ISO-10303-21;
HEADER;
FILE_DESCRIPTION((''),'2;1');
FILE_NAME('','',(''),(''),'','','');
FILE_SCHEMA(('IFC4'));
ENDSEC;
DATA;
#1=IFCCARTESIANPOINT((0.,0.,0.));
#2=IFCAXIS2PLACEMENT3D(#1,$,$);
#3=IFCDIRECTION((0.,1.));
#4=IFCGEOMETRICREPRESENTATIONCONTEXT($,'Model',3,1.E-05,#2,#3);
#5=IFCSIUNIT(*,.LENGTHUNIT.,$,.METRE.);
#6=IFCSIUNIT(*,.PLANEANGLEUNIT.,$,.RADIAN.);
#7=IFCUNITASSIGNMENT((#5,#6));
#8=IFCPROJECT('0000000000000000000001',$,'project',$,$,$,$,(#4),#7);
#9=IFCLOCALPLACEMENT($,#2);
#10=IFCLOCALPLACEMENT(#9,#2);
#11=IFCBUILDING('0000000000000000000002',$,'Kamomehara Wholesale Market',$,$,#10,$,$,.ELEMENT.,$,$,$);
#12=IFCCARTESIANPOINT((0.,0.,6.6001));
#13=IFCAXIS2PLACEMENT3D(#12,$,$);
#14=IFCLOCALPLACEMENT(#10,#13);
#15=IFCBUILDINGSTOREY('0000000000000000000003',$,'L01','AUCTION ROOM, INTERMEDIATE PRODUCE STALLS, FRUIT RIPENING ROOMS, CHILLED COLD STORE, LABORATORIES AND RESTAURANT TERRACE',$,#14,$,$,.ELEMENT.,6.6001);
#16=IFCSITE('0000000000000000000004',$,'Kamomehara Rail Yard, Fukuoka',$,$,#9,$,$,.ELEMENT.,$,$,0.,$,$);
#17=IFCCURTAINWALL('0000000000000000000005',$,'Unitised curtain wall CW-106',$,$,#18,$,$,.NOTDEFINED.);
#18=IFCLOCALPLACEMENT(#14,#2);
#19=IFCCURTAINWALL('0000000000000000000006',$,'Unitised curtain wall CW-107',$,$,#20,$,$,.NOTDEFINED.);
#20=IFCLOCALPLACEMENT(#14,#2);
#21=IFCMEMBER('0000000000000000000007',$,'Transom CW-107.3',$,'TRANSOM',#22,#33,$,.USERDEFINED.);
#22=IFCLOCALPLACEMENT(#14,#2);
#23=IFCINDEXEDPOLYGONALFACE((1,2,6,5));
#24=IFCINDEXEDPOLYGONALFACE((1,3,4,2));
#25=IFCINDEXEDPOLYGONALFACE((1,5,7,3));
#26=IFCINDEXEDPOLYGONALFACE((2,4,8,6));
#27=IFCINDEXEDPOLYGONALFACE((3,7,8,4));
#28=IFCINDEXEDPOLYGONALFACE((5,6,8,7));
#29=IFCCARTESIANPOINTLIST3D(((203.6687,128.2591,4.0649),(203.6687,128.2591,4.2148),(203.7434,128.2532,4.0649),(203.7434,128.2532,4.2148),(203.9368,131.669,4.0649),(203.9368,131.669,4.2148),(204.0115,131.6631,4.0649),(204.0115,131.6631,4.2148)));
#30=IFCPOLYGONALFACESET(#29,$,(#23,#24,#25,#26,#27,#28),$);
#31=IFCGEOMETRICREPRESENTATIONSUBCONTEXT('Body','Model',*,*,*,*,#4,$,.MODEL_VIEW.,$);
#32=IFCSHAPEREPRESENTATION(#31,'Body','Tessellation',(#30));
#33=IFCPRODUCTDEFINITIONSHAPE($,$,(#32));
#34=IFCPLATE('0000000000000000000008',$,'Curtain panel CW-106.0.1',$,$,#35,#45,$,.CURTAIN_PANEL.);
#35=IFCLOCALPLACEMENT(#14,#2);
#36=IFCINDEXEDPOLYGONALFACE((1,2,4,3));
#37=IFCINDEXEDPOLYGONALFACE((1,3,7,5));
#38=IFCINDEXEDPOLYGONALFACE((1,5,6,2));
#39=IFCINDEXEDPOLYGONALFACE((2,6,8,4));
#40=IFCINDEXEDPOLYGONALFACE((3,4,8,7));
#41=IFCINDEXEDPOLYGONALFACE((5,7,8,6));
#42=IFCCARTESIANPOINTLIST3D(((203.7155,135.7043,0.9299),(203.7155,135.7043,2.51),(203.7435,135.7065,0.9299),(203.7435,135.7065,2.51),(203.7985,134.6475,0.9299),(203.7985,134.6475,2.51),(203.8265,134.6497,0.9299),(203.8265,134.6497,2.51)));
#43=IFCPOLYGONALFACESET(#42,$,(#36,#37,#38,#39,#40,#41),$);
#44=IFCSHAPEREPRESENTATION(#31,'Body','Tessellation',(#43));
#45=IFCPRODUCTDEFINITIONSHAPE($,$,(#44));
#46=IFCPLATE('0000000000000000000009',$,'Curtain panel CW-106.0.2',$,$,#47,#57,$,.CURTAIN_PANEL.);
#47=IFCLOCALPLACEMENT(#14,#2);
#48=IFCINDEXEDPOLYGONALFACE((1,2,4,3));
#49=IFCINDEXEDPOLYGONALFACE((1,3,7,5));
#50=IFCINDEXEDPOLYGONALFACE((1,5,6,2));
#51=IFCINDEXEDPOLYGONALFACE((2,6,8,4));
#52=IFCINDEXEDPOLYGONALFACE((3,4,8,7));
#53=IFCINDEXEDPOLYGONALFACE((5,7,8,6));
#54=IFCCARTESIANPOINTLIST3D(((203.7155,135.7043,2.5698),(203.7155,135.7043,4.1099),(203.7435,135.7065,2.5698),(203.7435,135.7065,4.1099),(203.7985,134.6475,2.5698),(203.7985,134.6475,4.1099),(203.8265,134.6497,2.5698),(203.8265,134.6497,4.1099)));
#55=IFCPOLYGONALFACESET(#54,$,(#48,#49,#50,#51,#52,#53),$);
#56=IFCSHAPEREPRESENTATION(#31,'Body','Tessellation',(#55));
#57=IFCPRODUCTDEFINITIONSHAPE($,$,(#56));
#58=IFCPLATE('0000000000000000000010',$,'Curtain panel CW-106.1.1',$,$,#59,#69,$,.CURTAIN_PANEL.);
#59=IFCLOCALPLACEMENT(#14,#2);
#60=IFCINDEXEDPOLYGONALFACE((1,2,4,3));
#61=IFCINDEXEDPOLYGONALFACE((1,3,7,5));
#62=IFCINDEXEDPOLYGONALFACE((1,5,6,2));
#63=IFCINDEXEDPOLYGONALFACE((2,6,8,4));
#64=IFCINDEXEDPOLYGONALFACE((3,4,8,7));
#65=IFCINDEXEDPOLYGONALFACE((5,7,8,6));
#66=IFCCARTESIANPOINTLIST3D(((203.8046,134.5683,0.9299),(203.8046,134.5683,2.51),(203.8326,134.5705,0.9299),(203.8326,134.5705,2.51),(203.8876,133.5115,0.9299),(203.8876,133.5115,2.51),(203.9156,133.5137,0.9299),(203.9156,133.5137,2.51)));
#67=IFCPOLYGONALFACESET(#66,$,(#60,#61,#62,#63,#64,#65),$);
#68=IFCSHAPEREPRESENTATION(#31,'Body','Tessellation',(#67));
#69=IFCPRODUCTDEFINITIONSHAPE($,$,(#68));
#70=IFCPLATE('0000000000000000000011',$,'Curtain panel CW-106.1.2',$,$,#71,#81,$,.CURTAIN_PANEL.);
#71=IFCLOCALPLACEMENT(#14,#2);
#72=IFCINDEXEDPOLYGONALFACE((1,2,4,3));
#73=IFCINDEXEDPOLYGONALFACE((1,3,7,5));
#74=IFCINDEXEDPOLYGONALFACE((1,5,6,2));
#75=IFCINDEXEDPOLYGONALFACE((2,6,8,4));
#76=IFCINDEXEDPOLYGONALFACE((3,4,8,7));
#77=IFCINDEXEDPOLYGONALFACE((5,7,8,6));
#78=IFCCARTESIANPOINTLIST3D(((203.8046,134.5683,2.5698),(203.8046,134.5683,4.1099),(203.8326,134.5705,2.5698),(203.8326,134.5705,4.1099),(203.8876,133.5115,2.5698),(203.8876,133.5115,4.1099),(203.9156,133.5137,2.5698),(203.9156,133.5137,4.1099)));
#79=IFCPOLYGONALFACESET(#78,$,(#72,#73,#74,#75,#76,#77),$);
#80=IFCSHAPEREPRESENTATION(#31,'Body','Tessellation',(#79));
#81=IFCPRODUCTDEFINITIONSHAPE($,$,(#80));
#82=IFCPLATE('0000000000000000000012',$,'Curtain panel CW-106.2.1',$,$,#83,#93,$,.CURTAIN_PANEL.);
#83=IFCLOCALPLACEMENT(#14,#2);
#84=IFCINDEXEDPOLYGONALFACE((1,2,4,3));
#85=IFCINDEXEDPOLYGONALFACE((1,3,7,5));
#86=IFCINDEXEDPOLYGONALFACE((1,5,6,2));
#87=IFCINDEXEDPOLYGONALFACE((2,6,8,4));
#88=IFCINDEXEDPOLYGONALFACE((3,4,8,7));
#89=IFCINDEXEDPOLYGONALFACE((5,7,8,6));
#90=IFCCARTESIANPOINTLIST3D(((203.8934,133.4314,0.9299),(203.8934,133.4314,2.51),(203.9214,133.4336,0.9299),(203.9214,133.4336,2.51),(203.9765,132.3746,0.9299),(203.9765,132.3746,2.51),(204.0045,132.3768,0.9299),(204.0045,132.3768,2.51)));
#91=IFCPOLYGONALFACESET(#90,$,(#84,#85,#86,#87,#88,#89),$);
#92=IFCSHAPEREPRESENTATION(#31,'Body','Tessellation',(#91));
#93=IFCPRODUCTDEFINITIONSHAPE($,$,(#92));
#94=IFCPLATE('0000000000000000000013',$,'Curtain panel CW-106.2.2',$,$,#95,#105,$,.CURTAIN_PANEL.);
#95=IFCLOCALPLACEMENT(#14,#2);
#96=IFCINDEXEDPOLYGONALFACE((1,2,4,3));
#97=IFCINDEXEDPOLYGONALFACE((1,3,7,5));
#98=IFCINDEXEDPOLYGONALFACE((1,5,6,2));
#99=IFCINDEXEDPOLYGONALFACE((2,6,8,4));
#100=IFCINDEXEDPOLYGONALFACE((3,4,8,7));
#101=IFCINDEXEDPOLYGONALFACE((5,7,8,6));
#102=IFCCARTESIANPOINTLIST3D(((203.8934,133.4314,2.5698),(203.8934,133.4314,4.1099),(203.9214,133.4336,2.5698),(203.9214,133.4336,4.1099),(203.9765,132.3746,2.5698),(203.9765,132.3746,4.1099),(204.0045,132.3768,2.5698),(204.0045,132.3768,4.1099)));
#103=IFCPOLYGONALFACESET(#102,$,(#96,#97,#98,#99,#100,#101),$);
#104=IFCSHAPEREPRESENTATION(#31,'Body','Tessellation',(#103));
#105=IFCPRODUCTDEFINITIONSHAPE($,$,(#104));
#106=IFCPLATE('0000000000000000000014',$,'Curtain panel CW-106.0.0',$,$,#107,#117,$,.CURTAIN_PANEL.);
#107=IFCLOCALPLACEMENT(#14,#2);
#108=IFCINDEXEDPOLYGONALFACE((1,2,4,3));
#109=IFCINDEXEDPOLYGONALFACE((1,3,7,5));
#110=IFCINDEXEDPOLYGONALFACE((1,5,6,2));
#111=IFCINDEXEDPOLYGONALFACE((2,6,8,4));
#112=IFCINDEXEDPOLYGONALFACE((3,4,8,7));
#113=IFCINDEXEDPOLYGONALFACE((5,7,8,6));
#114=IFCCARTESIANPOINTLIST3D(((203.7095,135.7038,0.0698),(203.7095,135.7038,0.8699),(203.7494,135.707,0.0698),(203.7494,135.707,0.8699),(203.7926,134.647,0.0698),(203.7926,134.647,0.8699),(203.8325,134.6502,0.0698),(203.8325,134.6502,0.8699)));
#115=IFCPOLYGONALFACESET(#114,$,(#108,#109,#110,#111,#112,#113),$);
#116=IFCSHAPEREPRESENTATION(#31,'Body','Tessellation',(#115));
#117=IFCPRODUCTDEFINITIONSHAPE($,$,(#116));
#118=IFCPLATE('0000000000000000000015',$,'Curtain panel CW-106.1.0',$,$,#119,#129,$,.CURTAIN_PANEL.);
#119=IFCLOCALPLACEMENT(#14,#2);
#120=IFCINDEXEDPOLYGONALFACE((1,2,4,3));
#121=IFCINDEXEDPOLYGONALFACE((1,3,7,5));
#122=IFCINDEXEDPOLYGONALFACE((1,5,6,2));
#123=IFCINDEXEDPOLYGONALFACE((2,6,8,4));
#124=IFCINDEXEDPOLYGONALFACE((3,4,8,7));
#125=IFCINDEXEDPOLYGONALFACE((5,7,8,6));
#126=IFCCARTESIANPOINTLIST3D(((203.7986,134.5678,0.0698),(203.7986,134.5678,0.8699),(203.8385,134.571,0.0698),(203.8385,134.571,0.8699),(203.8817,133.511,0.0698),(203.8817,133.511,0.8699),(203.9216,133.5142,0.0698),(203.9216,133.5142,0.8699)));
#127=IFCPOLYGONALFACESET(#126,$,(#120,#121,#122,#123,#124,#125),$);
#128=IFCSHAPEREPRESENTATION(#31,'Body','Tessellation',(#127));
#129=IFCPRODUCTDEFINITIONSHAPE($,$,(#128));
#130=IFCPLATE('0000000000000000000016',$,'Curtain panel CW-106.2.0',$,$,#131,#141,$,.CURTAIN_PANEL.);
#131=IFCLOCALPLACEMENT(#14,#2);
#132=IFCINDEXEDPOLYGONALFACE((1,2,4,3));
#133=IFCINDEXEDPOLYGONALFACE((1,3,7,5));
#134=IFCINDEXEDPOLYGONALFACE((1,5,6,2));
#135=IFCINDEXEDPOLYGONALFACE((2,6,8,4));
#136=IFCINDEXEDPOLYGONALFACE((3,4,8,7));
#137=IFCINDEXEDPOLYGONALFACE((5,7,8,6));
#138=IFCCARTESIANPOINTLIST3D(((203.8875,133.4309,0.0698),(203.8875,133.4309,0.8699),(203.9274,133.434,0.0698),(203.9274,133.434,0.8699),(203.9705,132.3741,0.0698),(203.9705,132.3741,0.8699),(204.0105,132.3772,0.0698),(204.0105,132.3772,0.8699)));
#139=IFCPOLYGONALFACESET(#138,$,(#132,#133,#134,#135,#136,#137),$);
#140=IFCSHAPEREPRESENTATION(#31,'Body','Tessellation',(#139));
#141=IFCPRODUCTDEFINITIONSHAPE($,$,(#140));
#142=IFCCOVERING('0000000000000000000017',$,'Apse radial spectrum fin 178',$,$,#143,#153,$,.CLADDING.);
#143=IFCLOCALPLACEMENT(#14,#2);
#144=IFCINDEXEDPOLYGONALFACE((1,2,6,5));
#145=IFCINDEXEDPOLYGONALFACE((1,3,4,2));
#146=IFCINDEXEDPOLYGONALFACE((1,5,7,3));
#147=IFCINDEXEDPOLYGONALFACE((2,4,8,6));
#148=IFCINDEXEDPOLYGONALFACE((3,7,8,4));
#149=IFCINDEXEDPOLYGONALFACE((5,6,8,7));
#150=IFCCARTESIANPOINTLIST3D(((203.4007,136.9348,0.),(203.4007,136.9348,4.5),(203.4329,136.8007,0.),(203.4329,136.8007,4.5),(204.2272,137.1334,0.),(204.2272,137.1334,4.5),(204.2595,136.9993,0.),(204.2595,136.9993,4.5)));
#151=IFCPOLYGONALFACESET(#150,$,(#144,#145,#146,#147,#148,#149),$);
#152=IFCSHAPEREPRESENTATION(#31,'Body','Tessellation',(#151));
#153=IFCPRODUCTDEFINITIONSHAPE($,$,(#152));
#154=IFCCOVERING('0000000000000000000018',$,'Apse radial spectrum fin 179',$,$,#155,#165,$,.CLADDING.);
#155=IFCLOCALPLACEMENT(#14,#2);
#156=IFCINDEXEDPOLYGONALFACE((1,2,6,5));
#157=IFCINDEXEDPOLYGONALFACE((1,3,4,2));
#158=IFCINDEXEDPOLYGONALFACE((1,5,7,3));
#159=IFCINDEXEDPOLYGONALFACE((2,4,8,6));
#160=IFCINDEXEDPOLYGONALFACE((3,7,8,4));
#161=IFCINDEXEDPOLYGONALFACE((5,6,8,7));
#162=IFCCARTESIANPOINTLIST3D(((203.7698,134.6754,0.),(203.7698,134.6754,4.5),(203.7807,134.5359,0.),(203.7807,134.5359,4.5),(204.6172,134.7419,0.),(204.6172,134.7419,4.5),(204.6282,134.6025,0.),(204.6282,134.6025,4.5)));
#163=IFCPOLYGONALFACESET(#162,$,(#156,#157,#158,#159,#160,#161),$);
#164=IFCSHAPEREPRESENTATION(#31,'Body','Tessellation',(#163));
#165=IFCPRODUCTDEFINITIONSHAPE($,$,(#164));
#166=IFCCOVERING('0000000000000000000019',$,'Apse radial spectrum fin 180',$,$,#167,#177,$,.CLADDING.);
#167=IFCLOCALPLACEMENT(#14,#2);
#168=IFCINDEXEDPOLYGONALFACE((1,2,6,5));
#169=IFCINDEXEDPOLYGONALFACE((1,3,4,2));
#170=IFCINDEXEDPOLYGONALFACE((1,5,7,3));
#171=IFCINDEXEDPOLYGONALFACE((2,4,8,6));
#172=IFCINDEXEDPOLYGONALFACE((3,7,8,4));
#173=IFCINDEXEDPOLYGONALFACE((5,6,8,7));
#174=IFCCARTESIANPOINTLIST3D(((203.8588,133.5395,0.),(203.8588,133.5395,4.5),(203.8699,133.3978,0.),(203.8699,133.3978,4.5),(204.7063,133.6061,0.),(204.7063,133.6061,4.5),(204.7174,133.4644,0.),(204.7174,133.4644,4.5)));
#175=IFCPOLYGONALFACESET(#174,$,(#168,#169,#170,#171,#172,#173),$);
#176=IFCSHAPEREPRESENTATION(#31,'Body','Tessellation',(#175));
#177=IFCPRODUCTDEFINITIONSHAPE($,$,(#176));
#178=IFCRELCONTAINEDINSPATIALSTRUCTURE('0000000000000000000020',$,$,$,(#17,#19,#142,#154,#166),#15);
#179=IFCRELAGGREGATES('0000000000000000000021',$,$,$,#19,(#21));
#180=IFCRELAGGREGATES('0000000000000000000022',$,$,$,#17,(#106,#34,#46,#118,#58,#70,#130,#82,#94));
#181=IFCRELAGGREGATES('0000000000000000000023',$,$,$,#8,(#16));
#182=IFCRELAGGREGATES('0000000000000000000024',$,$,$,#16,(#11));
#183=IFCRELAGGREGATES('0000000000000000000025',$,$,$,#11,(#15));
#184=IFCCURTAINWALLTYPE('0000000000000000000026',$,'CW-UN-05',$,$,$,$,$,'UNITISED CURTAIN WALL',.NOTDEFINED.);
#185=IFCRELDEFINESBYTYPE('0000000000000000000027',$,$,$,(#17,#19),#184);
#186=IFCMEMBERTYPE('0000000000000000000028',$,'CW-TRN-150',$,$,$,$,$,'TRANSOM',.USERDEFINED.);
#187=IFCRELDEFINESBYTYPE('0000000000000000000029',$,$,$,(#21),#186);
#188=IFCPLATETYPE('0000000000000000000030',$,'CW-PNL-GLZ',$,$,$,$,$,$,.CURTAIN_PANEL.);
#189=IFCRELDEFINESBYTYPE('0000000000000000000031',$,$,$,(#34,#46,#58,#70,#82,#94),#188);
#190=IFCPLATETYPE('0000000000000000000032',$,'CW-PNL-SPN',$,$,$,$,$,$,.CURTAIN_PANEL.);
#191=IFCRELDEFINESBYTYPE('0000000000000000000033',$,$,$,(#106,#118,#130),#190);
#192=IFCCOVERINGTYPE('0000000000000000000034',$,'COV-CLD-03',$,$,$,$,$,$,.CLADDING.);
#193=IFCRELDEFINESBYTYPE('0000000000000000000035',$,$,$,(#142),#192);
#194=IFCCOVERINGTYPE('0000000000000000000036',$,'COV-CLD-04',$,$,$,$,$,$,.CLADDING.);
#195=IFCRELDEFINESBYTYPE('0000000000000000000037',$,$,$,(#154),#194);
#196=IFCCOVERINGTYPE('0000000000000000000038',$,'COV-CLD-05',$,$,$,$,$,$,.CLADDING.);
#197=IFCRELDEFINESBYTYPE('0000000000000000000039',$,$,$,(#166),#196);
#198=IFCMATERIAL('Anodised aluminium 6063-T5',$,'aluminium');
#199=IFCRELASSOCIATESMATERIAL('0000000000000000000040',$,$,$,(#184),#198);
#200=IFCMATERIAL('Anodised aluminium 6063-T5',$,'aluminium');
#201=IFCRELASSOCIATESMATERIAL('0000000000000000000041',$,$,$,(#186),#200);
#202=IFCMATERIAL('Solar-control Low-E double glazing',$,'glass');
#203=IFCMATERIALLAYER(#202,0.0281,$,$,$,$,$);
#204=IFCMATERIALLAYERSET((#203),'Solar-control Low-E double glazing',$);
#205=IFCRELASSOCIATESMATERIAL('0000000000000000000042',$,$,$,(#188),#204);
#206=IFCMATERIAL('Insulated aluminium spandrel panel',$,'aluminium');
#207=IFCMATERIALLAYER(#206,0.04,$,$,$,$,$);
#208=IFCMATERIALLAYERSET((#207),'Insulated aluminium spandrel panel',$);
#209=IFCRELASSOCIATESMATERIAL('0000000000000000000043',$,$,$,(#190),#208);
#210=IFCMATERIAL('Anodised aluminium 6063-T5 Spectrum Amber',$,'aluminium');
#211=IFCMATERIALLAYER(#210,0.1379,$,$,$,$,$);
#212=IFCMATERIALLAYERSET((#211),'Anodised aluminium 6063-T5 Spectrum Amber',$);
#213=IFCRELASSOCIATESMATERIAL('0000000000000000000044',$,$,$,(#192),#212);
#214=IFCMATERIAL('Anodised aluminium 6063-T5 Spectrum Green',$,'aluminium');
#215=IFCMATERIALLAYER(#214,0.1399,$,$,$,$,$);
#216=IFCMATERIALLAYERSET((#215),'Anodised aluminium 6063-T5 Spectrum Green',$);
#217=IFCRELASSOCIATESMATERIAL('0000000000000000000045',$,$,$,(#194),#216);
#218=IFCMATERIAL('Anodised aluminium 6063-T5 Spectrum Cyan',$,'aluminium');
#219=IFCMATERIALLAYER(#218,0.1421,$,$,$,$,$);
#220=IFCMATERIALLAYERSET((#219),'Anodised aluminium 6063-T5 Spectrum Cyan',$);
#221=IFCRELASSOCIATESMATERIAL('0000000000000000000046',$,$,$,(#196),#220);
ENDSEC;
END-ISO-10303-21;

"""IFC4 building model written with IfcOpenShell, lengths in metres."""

from ifc_helpers import new_model, si_unit, direction, frame, origin, origin_2d, place, context, subcontext, project, spatial, rectangle, extrude, material, layer, layer_set, material_profile, profile_set, type_object, element, aggregate, save


model = new_model("IFC4")

# Units and contexts
model_context = context("Model", 3, precision=1e-05, world=origin(), true_north=direction((0.0, 1.0)))
body_context = subcontext(model_context, "Body", "Model", "MODEL_VIEW")
ifc_project = project(units=[si_unit("LENGTHUNIT", "METRE"), si_unit("PLANEANGLEUNIT", "RADIAN")], contexts=[model_context])

# Site, building, storey
site_placement = place(None, origin())
site = spatial("IfcSite", under=ifc_project, at=site_placement, Name="Kamomehara Rail Yard, Fukuoka", CompositionType="ELEMENT", RefElevation=0.0)
building_placement = place(site_placement, origin())
building = spatial("IfcBuilding", under=site, at=building_placement, Name="Kamomehara Wholesale Market", CompositionType="ELEMENT")
storey_placement = place(building_placement, frame((0.0, 0.0, 6.6001)))
storey = spatial("IfcBuildingStorey", under=building, at=storey_placement, Name="L01", Description="AUCTION ROOM, INTERMEDIATE PRODUCE STALLS, FRUIT RIPENING ROOMS, CHILLED COLD STORE, LABORATORIES AND RESTAURANT TERRACE", CompositionType="ELEMENT", Elevation=6.6001)

# Curtain wall
ifc_material_1 = material(Name="Anodised aluminium 6063-T5", Category="aluminium")
curtain_wall_type = type_object("IfcCurtainWallType", Name="CW-UN-05", ElementType="UNITISED CURTAIN WALL", PredefinedType="NOTDEFINED", material=ifc_material_1)
curtain_wall_1_placement = place(storey_placement, origin())
curtain_wall_1 = element("IfcCurtainWall", 1, at=curtain_wall_1_placement, inside=storey, type_object=curtain_wall_type, Name="Unitised curtain wall CW-106", PredefinedType="NOTDEFINED")

# Curtain wall
curtain_wall_2_placement = place(storey_placement, origin())
curtain_wall_2 = element("IfcCurtainWall", 2, at=curtain_wall_2_placement, inside=storey, type_object=curtain_wall_type, Name="Unitised curtain wall CW-107", PredefinedType="NOTDEFINED")

# Member
ifc_material_2 = material(Name="Anodised aluminium 6063-T5", Category="aluminium")
ifc_material_profile_1 = material_profile(ifc_material_2, rectangle(XDim=0.075, YDim=0.1499, at=origin_2d()), Name="ALU-TRN-75x150")
ifc_profile_set_1 = profile_set([ifc_material_profile_1], Name="Anodised aluminium 6063-T5")
member_type_1 = type_object("IfcMemberType", Name="CW-TRN-150", ElementType="TRANSOM", PredefinedType="USERDEFINED", material=ifc_profile_set_1)
member_1_placement = place(storey_placement, frame((203.9741, 131.666, 4.1399), z_axis=(-0.078372, -0.996924, 0.0), x_axis=(0.996924, -0.078372, 0.0)))
member_1 = element("IfcMember", 3, at=member_1_placement, type_object=member_type_1, Name="Transom CW-107.3", ObjectType="TRANSOM", PredefinedType="USERDEFINED", context=body_context, shape_type="SweptSolid", body=[
    extrude(rectangle(XDim=0.075, YDim=0.1499, at=origin_2d()), origin(), (0.0, 0.0, 1.0), 3.4204),
])
aggregate(curtain_wall_2, [member_1])

# Plates
ifc_material_3 = material(Name="Solar-control Low-E double glazing", Category="glass")
ifc_layer_1 = layer(ifc_material_3, 0.0281)
ifc_layer_set_1 = layer_set([ifc_layer_1], Name="Solar-control Low-E double glazing")
plate_type_1 = type_object("IfcPlateType", Name="CW-PNL-GLZ", PredefinedType="CURTAIN_PANEL", material=ifc_layer_set_1)
plate_1_placement = place(storey_placement, frame((203.771, 135.177, 0.9299), z_axis=(0.0, 0.0, 1.0), x_axis=(0.078355, -0.996926, 0.0)))
plate_1 = element("IfcPlate", 4, at=plate_1_placement, type_object=plate_type_1, Name="Curtain panel CW-106.0.1", PredefinedType="CURTAIN_PANEL", context=body_context, shape_type="SweptSolid", body=[
    extrude(rectangle(XDim=1.0601, YDim=0.0281, at=origin_2d()), origin(), (0.0, 0.0, 1.0), 1.5801),
])
plate_2_placement = place(storey_placement, frame((203.771, 135.177, 2.5698), z_axis=(0.0, 0.0, 1.0), x_axis=(0.078355, -0.996926, 0.0)))
plate_2 = element("IfcPlate", 5, at=plate_2_placement, type_object=plate_type_1, Name="Curtain panel CW-106.0.2", PredefinedType="CURTAIN_PANEL", context=body_context, shape_type="SweptSolid", body=[
    extrude(rectangle(XDim=1.0601, YDim=0.0281, at=origin_2d()), origin(), (0.0, 0.0, 1.0), 1.54),
])
plate_3_placement = place(storey_placement, frame((203.8601, 134.041, 0.9299), z_axis=(0.0, 0.0, 1.0), x_axis=(0.078355, -0.996926, 0.0)))
plate_3 = element("IfcPlate", 6, at=plate_3_placement, type_object=plate_type_1, Name="Curtain panel CW-106.1.1", PredefinedType="CURTAIN_PANEL", context=body_context, shape_type="SweptSolid", body=[
    extrude(rectangle(XDim=1.0601, YDim=0.0281, at=origin_2d()), origin(), (0.0, 0.0, 1.0), 1.5801),
])
plate_4_placement = place(storey_placement, frame((203.8601, 134.041, 2.5698), z_axis=(0.0, 0.0, 1.0), x_axis=(0.078355, -0.996926, 0.0)))
plate_4 = element("IfcPlate", 7, at=plate_4_placement, type_object=plate_type_1, Name="Curtain panel CW-106.1.2", PredefinedType="CURTAIN_PANEL", context=body_context, shape_type="SweptSolid", body=[
    extrude(rectangle(XDim=1.0601, YDim=0.0281, at=origin_2d()), origin(), (0.0, 0.0, 1.0), 1.54),
])
plate_5_placement = place(storey_placement, frame((203.949, 132.9041, 0.9299), z_axis=(0.0, 0.0, 1.0), x_axis=(0.078355, -0.996926, 0.0)))
plate_5 = element("IfcPlate", 8, at=plate_5_placement, type_object=plate_type_1, Name="Curtain panel CW-106.2.1", PredefinedType="CURTAIN_PANEL", context=body_context, shape_type="SweptSolid", body=[
    extrude(rectangle(XDim=1.0601, YDim=0.0281, at=origin_2d()), origin(), (0.0, 0.0, 1.0), 1.5801),
])
plate_6_placement = place(storey_placement, frame((203.949, 132.9041, 2.5698), z_axis=(0.0, 0.0, 1.0), x_axis=(0.078355, -0.996926, 0.0)))
plate_6 = element("IfcPlate", 9, at=plate_6_placement, type_object=plate_type_1, Name="Curtain panel CW-106.2.2", PredefinedType="CURTAIN_PANEL", context=body_context, shape_type="SweptSolid", body=[
    extrude(rectangle(XDim=1.0601, YDim=0.0281, at=origin_2d()), origin(), (0.0, 0.0, 1.0), 1.54),
])
ifc_material_4 = material(Name="Insulated aluminium spandrel panel", Category="aluminium")
ifc_layer_2 = layer(ifc_material_4, 0.04)
ifc_layer_set_2 = layer_set([ifc_layer_2], Name="Insulated aluminium spandrel panel")
plate_type_2 = type_object("IfcPlateType", Name="CW-PNL-SPN", PredefinedType="CURTAIN_PANEL", material=ifc_layer_set_2)
plate_7_placement = place(storey_placement, frame((203.771, 135.177, 0.0698), z_axis=(0.0, 0.0, 1.0), x_axis=(0.078355, -0.996926, 0.0)))
plate_7 = element("IfcPlate", 10, at=plate_7_placement, type_object=plate_type_2, Name="Curtain panel CW-106.0.0", PredefinedType="CURTAIN_PANEL", context=body_context, shape_type="SweptSolid", body=[
    extrude(rectangle(XDim=1.0601, YDim=0.04, at=origin_2d()), origin(), (0.0, 0.0, 1.0), 0.8),
])
plate_8_placement = place(storey_placement, frame((203.8601, 134.041, 0.0698), z_axis=(0.0, 0.0, 1.0), x_axis=(0.078355, -0.996926, 0.0)))
plate_8 = element("IfcPlate", 11, at=plate_8_placement, type_object=plate_type_2, Name="Curtain panel CW-106.1.0", PredefinedType="CURTAIN_PANEL", context=body_context, shape_type="SweptSolid", body=[
    extrude(rectangle(XDim=1.0601, YDim=0.04, at=origin_2d()), origin(), (0.0, 0.0, 1.0), 0.8),
])
plate_9_placement = place(storey_placement, frame((203.949, 132.9041, 0.0698), z_axis=(0.0, 0.0, 1.0), x_axis=(0.078355, -0.996926, 0.0)))
plate_9 = element("IfcPlate", 12, at=plate_9_placement, type_object=plate_type_2, Name="Curtain panel CW-106.2.0", PredefinedType="CURTAIN_PANEL", context=body_context, shape_type="SweptSolid", body=[
    extrude(rectangle(XDim=1.0601, YDim=0.04, at=origin_2d()), origin(), (0.0, 0.0, 1.0), 0.8),
])
aggregate(curtain_wall_1, [plate_7, plate_1, plate_2, plate_8, plate_3, plate_4, plate_9, plate_5, plate_6])

# Coverings
ifc_material_5 = material(Name="Anodised aluminium 6063-T5 Spectrum Amber", Category="aluminium")
ifc_layer_3 = layer(ifc_material_5, 0.1379)
ifc_layer_set_3 = layer_set([ifc_layer_3], Name="Anodised aluminium 6063-T5 Spectrum Amber")
covering_type_1 = type_object("IfcCoveringType", Name="COV-CLD-03", PredefinedType="CLADDING", material=ifc_layer_set_3)
covering_1_placement = place(storey_placement, frame((203.8301, 136.967, 0.0), z_axis=(0.0, 0.0, 1.0), x_axis=(0.233649, -0.972321, 0.0)))
element("IfcCovering", 13, at=covering_1_placement, inside=storey, type_object=covering_type_1, Name="Apse radial spectrum fin 178", PredefinedType="CLADDING", context=body_context, shape_type="SweptSolid", body=[
    extrude(rectangle(XDim=0.1379, YDim=0.8501, at=origin_2d()), origin(), (0.0, 0.0, 1.0), 4.5),
])
ifc_material_6 = material(Name="Anodised aluminium 6063-T5 Spectrum Green", Category="aluminium")
ifc_layer_4 = layer(ifc_material_6, 0.1399)
ifc_layer_set_4 = layer_set([ifc_layer_4], Name="Anodised aluminium 6063-T5 Spectrum Green")
covering_type_2 = type_object("IfcCoveringType", Name="COV-CLD-04", PredefinedType="CLADDING", material=ifc_layer_set_4)
covering_2_placement = place(storey_placement, frame((204.199, 134.6389, 0.0), z_axis=(0.0, 0.0, 1.0), x_axis=(0.078337, -0.996927, 0.0)))
element("IfcCovering", 14, at=covering_2_placement, inside=storey, type_object=covering_type_2, Name="Apse radial spectrum fin 179", PredefinedType="CLADDING", context=body_context, shape_type="SweptSolid", body=[
    extrude(rectangle(XDim=0.1399, YDim=0.8501, at=origin_2d()), origin(), (0.0, 0.0, 1.0), 4.5),
])
ifc_material_7 = material(Name="Anodised aluminium 6063-T5 Spectrum Cyan", Category="aluminium")
ifc_layer_5 = layer(ifc_material_7, 0.1421)
ifc_layer_set_5 = layer_set([ifc_layer_5], Name="Anodised aluminium 6063-T5 Spectrum Cyan")
covering_type_3 = type_object("IfcCoveringType", Name="COV-CLD-05", PredefinedType="CLADDING", material=ifc_layer_set_5)
covering_3_placement = place(storey_placement, frame((204.2881, 133.502, 0.0), z_axis=(0.0, 0.0, 1.0), x_axis=(0.078337, -0.996927, 0.0)))
element("IfcCovering", 15, at=covering_3_placement, inside=storey, type_object=covering_type_3, Name="Apse radial spectrum fin 180", PredefinedType="CLADDING", context=body_context, shape_type="SweptSolid", body=[
    extrude(rectangle(XDim=0.1421, YDim=0.8501, at=origin_2d()), origin(), (0.0, 0.0, 1.0), 4.5),
])

save(model, "model.ifc")
